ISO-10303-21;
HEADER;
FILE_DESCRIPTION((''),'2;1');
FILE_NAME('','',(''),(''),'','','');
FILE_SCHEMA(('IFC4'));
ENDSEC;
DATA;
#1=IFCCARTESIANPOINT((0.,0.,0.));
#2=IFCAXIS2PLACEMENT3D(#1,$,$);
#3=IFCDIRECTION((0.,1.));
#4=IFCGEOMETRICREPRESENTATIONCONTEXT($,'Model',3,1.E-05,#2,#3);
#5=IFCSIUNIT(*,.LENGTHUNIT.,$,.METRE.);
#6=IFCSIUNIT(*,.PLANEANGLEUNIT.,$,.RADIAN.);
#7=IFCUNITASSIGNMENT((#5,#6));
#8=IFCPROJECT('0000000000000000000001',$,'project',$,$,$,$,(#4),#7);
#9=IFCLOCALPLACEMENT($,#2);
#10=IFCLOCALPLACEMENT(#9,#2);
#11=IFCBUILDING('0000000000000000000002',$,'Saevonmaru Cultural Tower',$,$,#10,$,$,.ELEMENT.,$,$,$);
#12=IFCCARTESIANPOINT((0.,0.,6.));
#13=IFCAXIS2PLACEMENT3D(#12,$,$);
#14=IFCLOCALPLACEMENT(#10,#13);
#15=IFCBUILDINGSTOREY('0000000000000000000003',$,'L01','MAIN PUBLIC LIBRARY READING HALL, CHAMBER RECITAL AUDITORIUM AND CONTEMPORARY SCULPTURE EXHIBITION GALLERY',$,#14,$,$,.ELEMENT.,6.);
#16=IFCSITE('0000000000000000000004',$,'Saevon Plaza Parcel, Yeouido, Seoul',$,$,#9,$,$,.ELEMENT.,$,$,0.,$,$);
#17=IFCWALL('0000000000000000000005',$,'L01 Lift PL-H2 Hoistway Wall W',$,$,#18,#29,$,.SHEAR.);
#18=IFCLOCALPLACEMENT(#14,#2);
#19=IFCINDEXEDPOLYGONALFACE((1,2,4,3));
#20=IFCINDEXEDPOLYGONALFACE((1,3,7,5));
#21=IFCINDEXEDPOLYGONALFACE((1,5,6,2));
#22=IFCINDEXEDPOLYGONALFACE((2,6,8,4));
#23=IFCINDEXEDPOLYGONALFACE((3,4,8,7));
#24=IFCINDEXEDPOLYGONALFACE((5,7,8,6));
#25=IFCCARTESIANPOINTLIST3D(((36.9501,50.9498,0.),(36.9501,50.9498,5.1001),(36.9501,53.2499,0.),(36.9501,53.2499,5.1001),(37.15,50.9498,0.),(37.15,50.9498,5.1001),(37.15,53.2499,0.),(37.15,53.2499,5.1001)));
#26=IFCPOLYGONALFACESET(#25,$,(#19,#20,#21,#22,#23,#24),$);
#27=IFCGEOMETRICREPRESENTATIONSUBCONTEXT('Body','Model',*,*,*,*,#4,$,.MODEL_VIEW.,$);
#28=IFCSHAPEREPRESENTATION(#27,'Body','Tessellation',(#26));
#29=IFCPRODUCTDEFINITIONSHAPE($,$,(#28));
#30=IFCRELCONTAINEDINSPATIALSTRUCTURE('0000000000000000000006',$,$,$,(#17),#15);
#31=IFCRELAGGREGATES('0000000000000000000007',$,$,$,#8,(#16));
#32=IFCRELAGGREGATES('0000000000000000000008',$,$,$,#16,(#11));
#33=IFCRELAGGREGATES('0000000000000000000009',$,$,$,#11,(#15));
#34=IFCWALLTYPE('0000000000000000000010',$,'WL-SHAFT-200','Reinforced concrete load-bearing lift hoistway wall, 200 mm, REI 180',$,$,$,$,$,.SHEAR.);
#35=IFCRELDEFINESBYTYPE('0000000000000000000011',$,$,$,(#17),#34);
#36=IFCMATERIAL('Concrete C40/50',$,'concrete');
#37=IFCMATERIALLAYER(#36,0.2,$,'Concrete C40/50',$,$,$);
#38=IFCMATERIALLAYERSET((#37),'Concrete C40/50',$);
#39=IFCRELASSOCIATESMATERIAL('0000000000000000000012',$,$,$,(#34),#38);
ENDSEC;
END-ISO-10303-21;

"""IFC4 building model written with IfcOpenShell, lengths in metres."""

from ifc_helpers import new_model, si_unit, direction, frame, frame_2d, origin, place, context, subcontext, project, spatial, rectangle, extrude, material, layer, layer_set, type_object, element, save


model = new_model("IFC4")

# Units and contexts
model_context = context("Model", 3, precision=1e-05, world=origin(), true_north=direction((0.0, 1.0)))
body_context = subcontext(model_context, "Body", "Model", "MODEL_VIEW")
ifc_project = project(units=[si_unit("LENGTHUNIT", "METRE"), si_unit("PLANEANGLEUNIT", "RADIAN")], contexts=[model_context])

# Site, building, storey
site_placement = place(None, origin())
site = spatial("IfcSite", under=ifc_project, at=site_placement, Name="Saevon Plaza Parcel, Yeouido, Seoul", CompositionType="ELEMENT", RefElevation=0.0)
building_placement = place(site_placement, origin())
building = spatial("IfcBuilding", under=site, at=building_placement, Name="Saevonmaru Cultural Tower", CompositionType="ELEMENT")
storey_placement = place(building_placement, frame((0.0, 0.0, 6.0)))
storey = spatial("IfcBuildingStorey", under=building, at=storey_placement, Name="L01", Description="MAIN PUBLIC LIBRARY READING HALL, CHAMBER RECITAL AUDITORIUM AND CONTEMPORARY SCULPTURE EXHIBITION GALLERY", CompositionType="ELEMENT", Elevation=6.0)

# Shared definitions
ifc_material_1 = material(Name="Concrete C40/50", Category="concrete")
ifc_layer_1 = layer(ifc_material_1, 0.2, Name="Concrete C40/50")
ifc_layer_set_1 = layer_set([ifc_layer_1], Name="Concrete C40/50")
wall_type_1 = type_object("IfcWallType", Name="WL-SHAFT-200", Description="Reinforced concrete load-bearing lift hoistway wall, 200 mm, REI 180", PredefinedType="SHEAR", material=ifc_layer_set_1)

# Wall
wall_1_placement = place(storey_placement, frame((37.05, 50.95, 0.0), z_axis=(0.0, 0.0, 1.0), x_axis=(0.0, 1.0, 0.0)))
element("IfcWall", 1, at=wall_1_placement, inside=storey, type_object=wall_type_1, Name="L01 Lift PL-H2 Hoistway Wall W", PredefinedType="SHEAR", context=body_context, shape_type="SweptSolid", body=[
    extrude(rectangle(XDim=2.3, YDim=0.2, at=frame_2d((1.1499, 0.0))), origin(), (0.0, 0.0, 1.0), 5.1001),
])

save(model, "model.ifc")
